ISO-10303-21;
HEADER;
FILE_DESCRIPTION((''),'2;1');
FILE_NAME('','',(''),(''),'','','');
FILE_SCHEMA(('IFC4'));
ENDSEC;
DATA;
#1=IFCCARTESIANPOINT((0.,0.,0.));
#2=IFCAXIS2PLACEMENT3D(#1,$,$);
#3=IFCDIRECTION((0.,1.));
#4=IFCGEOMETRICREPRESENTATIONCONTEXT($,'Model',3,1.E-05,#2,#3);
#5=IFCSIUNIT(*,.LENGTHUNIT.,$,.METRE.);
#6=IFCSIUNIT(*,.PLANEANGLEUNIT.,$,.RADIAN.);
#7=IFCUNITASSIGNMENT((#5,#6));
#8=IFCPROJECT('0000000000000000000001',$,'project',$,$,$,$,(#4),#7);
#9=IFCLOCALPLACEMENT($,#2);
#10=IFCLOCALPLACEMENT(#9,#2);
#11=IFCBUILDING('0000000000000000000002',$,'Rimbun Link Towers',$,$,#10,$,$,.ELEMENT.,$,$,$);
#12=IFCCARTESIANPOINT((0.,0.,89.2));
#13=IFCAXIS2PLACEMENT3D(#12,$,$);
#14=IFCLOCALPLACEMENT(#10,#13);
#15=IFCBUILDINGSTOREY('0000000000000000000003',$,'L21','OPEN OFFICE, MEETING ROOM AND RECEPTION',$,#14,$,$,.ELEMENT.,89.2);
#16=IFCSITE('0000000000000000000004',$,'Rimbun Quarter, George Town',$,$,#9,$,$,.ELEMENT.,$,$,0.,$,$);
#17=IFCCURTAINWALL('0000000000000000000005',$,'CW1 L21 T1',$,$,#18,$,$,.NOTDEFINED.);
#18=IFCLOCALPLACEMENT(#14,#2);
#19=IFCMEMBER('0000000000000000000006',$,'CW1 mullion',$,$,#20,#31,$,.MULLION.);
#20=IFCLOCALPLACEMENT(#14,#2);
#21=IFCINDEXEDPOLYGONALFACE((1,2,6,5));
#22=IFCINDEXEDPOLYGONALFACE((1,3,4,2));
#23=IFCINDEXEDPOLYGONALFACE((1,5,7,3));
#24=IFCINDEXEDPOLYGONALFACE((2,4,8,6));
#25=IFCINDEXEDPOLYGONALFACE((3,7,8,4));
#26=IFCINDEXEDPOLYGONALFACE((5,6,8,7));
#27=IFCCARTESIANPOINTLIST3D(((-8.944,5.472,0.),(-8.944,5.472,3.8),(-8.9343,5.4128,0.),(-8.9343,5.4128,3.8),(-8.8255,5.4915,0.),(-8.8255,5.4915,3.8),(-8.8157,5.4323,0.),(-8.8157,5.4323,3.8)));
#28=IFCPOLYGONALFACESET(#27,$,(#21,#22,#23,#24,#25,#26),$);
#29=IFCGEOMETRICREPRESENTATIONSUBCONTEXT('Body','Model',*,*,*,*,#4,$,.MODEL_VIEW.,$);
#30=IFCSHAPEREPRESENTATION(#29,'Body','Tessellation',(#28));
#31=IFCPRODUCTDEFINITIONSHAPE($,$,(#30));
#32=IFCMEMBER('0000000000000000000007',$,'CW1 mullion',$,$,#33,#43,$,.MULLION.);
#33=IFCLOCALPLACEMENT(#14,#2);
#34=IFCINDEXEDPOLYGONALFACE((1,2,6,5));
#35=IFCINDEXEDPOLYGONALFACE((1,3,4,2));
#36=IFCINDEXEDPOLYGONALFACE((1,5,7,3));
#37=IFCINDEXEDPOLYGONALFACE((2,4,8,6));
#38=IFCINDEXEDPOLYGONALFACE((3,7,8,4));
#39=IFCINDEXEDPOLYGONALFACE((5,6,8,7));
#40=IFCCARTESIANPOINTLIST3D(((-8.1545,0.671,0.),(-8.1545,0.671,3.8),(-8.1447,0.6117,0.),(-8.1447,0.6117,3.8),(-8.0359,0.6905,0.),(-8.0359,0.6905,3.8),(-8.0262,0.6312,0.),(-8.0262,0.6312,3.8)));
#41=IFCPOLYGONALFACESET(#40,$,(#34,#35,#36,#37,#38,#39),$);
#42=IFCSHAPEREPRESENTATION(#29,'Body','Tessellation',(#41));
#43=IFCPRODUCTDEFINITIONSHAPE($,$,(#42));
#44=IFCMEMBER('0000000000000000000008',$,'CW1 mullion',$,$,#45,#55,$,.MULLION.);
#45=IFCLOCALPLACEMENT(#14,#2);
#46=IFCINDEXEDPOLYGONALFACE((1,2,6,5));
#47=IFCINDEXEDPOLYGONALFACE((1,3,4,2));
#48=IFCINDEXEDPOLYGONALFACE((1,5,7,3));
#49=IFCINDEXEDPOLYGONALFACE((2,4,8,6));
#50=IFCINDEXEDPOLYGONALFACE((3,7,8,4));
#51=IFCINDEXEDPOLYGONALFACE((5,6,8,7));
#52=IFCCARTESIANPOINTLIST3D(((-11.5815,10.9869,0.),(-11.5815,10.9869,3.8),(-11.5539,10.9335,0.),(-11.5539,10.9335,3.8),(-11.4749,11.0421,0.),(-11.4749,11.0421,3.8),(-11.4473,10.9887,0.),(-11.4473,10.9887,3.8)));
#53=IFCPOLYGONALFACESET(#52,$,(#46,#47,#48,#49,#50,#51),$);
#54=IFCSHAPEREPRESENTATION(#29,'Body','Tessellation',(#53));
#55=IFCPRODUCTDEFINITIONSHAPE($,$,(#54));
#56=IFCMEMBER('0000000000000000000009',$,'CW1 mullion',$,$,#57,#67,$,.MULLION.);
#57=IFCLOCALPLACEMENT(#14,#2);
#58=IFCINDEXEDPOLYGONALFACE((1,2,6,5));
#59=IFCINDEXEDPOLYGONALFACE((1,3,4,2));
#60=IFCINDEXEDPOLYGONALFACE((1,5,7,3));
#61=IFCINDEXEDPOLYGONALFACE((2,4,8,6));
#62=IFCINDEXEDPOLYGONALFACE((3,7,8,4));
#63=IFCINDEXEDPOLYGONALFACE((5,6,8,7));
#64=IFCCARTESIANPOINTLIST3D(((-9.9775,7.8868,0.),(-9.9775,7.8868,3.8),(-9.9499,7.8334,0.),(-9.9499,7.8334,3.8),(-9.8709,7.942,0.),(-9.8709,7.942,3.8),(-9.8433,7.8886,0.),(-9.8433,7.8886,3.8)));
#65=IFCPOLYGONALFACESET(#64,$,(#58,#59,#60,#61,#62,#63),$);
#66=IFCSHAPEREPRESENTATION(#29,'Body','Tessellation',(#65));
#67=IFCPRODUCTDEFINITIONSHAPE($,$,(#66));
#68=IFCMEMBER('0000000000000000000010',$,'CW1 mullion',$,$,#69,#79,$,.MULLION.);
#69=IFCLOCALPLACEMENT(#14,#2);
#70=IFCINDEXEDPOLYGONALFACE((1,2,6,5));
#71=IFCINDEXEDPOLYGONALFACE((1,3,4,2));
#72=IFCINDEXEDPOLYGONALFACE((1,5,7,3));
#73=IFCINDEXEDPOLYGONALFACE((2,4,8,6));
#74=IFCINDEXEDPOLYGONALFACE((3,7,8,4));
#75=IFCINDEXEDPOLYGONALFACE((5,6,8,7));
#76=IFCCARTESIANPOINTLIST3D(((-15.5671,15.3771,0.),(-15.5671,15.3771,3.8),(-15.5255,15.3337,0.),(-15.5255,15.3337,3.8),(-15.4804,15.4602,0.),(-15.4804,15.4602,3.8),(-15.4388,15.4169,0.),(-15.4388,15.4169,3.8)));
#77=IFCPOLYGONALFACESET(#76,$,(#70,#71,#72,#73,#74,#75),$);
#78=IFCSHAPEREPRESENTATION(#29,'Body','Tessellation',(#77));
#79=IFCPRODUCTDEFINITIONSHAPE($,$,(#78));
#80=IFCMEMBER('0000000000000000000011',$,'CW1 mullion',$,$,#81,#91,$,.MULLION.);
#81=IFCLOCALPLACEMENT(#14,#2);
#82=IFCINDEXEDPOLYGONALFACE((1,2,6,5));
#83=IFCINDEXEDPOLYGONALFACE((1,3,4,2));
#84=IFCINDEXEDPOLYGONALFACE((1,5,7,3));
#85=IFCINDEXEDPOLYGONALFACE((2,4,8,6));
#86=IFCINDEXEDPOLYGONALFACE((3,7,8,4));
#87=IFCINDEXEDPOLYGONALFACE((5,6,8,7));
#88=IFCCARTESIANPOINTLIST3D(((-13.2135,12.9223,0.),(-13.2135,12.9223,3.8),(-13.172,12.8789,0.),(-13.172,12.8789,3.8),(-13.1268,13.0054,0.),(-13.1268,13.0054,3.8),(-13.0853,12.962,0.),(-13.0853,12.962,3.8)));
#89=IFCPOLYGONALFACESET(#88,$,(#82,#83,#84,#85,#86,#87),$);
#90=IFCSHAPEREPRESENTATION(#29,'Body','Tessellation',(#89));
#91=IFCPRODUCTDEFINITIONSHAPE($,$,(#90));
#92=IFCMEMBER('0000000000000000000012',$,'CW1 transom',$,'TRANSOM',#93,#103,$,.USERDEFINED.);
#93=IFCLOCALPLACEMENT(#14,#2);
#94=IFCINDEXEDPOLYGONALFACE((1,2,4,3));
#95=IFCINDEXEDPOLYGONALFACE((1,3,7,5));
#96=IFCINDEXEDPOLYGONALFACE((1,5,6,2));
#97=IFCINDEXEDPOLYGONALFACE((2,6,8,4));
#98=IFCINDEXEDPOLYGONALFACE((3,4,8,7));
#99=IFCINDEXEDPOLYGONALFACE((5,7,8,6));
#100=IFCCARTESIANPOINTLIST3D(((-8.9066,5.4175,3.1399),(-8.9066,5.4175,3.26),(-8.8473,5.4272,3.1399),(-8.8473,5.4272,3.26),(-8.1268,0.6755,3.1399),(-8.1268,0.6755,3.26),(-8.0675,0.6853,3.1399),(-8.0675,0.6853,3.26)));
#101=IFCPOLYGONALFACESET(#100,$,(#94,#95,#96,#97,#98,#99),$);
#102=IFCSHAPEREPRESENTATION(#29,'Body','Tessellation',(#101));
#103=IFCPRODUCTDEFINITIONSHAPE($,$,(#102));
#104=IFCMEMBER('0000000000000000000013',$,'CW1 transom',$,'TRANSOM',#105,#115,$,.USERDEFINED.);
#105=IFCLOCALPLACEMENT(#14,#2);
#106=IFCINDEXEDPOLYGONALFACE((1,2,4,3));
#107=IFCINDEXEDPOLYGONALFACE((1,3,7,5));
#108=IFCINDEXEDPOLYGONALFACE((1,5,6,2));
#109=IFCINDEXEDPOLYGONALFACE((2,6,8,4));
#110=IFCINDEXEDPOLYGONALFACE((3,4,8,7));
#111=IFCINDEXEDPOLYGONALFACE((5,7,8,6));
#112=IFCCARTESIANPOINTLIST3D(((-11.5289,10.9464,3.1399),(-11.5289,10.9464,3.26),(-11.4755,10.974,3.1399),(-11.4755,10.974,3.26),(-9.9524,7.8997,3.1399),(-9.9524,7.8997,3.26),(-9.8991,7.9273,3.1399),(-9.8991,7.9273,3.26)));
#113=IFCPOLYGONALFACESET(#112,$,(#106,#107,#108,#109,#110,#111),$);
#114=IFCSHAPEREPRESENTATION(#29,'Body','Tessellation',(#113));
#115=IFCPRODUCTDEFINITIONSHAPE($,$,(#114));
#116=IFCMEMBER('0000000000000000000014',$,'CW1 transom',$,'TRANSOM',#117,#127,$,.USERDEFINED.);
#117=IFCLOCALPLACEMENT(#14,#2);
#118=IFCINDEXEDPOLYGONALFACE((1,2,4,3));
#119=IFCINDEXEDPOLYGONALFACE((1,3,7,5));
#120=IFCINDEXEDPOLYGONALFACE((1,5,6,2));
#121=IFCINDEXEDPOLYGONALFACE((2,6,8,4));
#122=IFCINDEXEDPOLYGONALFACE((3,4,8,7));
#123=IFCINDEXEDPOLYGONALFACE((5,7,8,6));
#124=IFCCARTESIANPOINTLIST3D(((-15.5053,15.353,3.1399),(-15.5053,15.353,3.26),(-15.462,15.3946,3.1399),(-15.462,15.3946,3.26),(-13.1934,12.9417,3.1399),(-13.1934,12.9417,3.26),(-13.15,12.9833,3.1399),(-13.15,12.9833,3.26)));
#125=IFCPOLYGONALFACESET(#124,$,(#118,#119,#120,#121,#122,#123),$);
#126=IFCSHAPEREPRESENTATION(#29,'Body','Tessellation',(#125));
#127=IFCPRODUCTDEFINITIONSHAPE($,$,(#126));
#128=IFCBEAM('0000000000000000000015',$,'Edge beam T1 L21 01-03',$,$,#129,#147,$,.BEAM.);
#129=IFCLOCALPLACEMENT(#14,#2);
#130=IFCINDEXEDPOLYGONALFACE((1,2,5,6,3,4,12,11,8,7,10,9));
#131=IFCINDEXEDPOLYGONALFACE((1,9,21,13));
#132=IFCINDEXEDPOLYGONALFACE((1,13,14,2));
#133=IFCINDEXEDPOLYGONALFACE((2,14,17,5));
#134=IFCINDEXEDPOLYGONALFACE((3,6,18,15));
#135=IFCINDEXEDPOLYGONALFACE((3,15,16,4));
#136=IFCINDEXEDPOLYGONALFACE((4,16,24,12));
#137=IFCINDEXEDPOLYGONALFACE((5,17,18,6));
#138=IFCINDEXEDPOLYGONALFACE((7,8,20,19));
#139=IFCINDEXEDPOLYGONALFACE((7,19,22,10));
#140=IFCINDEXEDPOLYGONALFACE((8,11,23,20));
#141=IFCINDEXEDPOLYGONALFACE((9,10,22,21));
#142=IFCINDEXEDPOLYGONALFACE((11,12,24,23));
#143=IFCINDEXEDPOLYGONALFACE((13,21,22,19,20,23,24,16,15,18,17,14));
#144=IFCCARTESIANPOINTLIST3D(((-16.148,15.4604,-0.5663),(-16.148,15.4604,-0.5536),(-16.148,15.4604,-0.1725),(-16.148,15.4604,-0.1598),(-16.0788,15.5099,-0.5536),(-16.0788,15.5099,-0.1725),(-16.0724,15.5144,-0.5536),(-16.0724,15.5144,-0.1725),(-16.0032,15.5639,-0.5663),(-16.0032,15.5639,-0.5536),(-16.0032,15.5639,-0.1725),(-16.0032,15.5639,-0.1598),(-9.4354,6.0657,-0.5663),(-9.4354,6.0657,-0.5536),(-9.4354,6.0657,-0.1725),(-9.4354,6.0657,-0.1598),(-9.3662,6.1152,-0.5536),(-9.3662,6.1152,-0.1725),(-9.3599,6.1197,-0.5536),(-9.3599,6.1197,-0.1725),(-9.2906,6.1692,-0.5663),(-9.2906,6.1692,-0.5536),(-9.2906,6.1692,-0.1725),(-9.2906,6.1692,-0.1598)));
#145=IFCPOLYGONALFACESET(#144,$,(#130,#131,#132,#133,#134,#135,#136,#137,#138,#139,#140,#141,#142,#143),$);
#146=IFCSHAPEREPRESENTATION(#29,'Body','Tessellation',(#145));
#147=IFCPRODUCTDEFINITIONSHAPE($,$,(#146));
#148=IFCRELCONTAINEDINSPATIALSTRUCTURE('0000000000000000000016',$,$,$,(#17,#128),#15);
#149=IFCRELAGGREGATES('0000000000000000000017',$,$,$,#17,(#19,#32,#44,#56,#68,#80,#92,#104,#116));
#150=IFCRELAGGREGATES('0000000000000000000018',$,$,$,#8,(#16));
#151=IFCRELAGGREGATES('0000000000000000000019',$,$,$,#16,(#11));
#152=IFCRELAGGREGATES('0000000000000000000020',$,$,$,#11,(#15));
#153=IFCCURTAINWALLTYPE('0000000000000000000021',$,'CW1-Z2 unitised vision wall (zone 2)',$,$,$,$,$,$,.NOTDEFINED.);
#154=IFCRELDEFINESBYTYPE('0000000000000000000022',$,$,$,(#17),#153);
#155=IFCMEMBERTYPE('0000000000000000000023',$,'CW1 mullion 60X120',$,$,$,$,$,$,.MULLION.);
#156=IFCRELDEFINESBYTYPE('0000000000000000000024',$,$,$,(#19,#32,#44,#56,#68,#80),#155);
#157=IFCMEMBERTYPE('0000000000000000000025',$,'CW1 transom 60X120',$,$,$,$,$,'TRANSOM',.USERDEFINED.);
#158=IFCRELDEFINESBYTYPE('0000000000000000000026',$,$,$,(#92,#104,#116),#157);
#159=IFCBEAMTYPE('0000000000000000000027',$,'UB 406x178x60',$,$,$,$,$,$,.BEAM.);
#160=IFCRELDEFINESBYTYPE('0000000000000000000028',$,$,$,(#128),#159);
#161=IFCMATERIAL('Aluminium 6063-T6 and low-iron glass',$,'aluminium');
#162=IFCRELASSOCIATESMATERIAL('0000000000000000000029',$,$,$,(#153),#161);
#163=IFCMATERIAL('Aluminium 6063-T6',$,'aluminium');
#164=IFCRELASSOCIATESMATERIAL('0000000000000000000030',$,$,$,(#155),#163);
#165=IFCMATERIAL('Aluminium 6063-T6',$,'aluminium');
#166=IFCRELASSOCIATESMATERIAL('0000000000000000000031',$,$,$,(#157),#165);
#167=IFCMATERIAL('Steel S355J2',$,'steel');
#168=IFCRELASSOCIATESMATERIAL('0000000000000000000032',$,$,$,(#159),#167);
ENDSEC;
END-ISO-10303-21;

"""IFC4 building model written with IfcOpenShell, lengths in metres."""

from ifc_helpers import new_model, si_unit, direction, frame, origin, origin_2d, place, context, subcontext, project, spatial, rectangle, i_section, extrude, material, material_profile, profile_set, type_object, element, aggregate, save


model = new_model("IFC4")

# Units and contexts
model_context = context("Model", 3, precision=1e-05, world=origin(), true_north=direction((0.0, 1.0)))
body_context = subcontext(model_context, "Body", "Model", "MODEL_VIEW")
ifc_project = project(units=[si_unit("LENGTHUNIT", "METRE"), si_unit("PLANEANGLEUNIT", "RADIAN")], contexts=[model_context])

# Site, building, storey
site_placement = place(None, origin())
site = spatial("IfcSite", under=ifc_project, at=site_placement, Name="Rimbun Quarter, George Town", CompositionType="ELEMENT", RefElevation=0.0)
building_placement = place(site_placement, origin())
building = spatial("IfcBuilding", under=site, at=building_placement, Name="Rimbun Link Towers", CompositionType="ELEMENT")
storey_placement = place(building_placement, frame((0.0, 0.0, 89.2)))
storey = spatial("IfcBuildingStorey", under=building, at=storey_placement, Name="L21", Description="OPEN OFFICE, MEETING ROOM AND RECEPTION", CompositionType="ELEMENT", Elevation=89.2)

# Curtain wall, members
ifc_material_1 = material(Name="Aluminium 6063-T6 and low-iron glass", Category="aluminium")
curtain_wall_type = type_object("IfcCurtainWallType", Name="CW1-Z2 unitised vision wall (zone 2)", PredefinedType="NOTDEFINED", material=ifc_material_1)
curtain_wall_placement = place(storey_placement, origin())
curtain_wall = element("IfcCurtainWall", 1, at=curtain_wall_placement, inside=storey, type_object=curtain_wall_type, Name="CW1 L21 T1", PredefinedType="NOTDEFINED")
ifc_material_2 = material(Name="Aluminium 6063-T6", Category="aluminium")
ifc_material_profile_1 = material_profile(ifc_material_2, rectangle(XDim=0.1201, YDim=0.0601, at=origin_2d()), Name="MULLION 60X120")
ifc_profile_set_1 = profile_set([ifc_material_profile_1], Name="Aluminium 6063-T6")
member_type_1 = type_object("IfcMemberType", Name="CW1 mullion 60X120", PredefinedType="MULLION", material=ifc_profile_set_1)
member_1_placement = place(storey_placement, frame((-8.8799, 5.4521, 0.0), z_axis=(0.0, 0.0, 1.0), x_axis=(0.986749, 0.162255, 0.0)))
member_1 = element("IfcMember", 2, at=member_1_placement, type_object=member_type_1, Name="CW1 mullion", PredefinedType="MULLION", context=body_context, shape_type="SweptSolid", body=[
    extrude(rectangle(XDim=0.1201, YDim=0.0601, at=origin_2d()), origin(), (0.0, 0.0, 1.0), 3.8),
])
member_2_placement = place(storey_placement, frame((-8.0903, 0.6511, 0.0), z_axis=(0.0, 0.0, 1.0), x_axis=(0.986749, 0.162255, 0.0)))
member_2 = element("IfcMember", 3, at=member_2_placement, type_object=member_type_1, Name="CW1 mullion", PredefinedType="MULLION", context=body_context, shape_type="SweptSolid", body=[
    extrude(rectangle(XDim=0.1201, YDim=0.0601, at=origin_2d()), origin(), (0.0, 0.0, 1.0), 3.8),
])
member_3_placement = place(storey_placement, frame((-11.5144, 10.9878, 0.0), z_axis=(0.0, 0.0, 1.0), x_axis=(0.888155, 0.459544, 0.0)))
member_3 = element("IfcMember", 4, at=member_3_placement, type_object=member_type_1, Name="CW1 mullion", PredefinedType="MULLION", context=body_context, shape_type="SweptSolid", body=[
    extrude(rectangle(XDim=0.1201, YDim=0.0601, at=origin_2d()), origin(), (0.0, 0.0, 1.0), 3.8),
])
member_4_placement = place(storey_placement, frame((-9.9104, 7.8877, 0.0), z_axis=(0.0, 0.0, 1.0), x_axis=(0.888155, 0.459544, 0.0)))
member_4 = element("IfcMember", 5, at=member_4_placement, type_object=member_type_1, Name="CW1 mullion", PredefinedType="MULLION", context=body_context, shape_type="SweptSolid", body=[
    extrude(rectangle(XDim=0.1201, YDim=0.0601, at=origin_2d()), origin(), (0.0, 0.0, 1.0), 3.8),
])
member_5_placement = place(storey_placement, frame((-15.5029, 15.397, 0.0), z_axis=(0.0, 0.0, 1.0), x_axis=(0.721839, 0.692061, 0.0)))
member_5 = element("IfcMember", 6, at=member_5_placement, type_object=member_type_1, Name="CW1 mullion", PredefinedType="MULLION", context=body_context, shape_type="SweptSolid", body=[
    extrude(rectangle(XDim=0.1201, YDim=0.0601, at=origin_2d()), origin(), (0.0, 0.0, 1.0), 3.8),
])
member_6_placement = place(storey_placement, frame((-13.1494, 12.9421, 0.0), z_axis=(0.0, 0.0, 1.0), x_axis=(0.721839, 0.692061, 0.0)))
member_6 = element("IfcMember", 7, at=member_6_placement, type_object=member_type_1, Name="CW1 mullion", PredefinedType="MULLION", context=body_context, shape_type="SweptSolid", body=[
    extrude(rectangle(XDim=0.1201, YDim=0.0601, at=origin_2d()), origin(), (0.0, 0.0, 1.0), 3.8),
])
ifc_material_3 = material(Name="Aluminium 6063-T6", Category="aluminium")
ifc_material_profile_2 = material_profile(ifc_material_3, rectangle(XDim=0.0601, YDim=0.1201, at=origin_2d()), Name="TRANSOM 60X120")
ifc_profile_set_2 = profile_set([ifc_material_profile_2], Name="Aluminium 6063-T6")
member_type_2 = type_object("IfcMemberType", Name="CW1 transom 60X120", ElementType="TRANSOM", PredefinedType="USERDEFINED", material=ifc_profile_set_2)
member_7_placement = place(storey_placement, frame((-8.877, 5.4224, 3.2), z_axis=(0.162265, -0.986747, 0.0), x_axis=(0.986747, 0.162265, 0.0)))
member_7 = element("IfcMember", 8, at=member_7_placement, type_object=member_type_2, Name="CW1 transom", ObjectType="TRANSOM", PredefinedType="USERDEFINED", context=body_context, shape_type="SweptSolid", body=[
    extrude(rectangle(XDim=0.0601, YDim=0.1201, at=origin_2d()), origin(), (0.0, 0.0, 1.0), 4.8057),
])
member_8_placement = place(storey_placement, frame((-11.5022, 10.9602, 3.2), z_axis=(0.459555, -0.88815, 0.0), x_axis=(0.88815, 0.459555, 0.0)))
member_8 = element("IfcMember", 9, at=member_8_placement, type_object=member_type_2, Name="CW1 transom", ObjectType="TRANSOM", PredefinedType="USERDEFINED", context=body_context, shape_type="SweptSolid", body=[
    extrude(rectangle(XDim=0.0601, YDim=0.1201, at=origin_2d()), origin(), (0.0, 0.0, 1.0), 3.4304),
])
member_9_placement = place(storey_placement, frame((-15.4836, 15.3738, 3.2), z_axis=(0.692078, -0.721822, 0.0), x_axis=(0.721822, 0.692078, 0.0)))
member_9 = element("IfcMember", 10, at=member_9_placement, type_object=member_type_2, Name="CW1 transom", ObjectType="TRANSOM", PredefinedType="USERDEFINED", context=body_context, shape_type="SweptSolid", body=[
    extrude(rectangle(XDim=0.0601, YDim=0.1201, at=origin_2d()), origin(), (0.0, 0.0, 1.0), 3.3406),
])

# Beam
ifc_material_4 = material(Name="Steel S355J2", Category="steel")
ifc_material_profile_3 = material_profile(ifc_material_4, i_section(OverallWidth=0.178, OverallDepth=0.4065, WebThickness=0.0078, FlangeThickness=0.0127, at=origin_2d()), Name="UB 406x178x60")
ifc_profile_set_3 = profile_set([ifc_material_profile_3], Name="Steel S355J2")
beam_type = type_object("IfcBeamType", Name="UB 406x178x60", PredefinedType="BEAM", material=ifc_profile_set_3)
beam_placement = place(storey_placement, frame((-9.363, 6.1174, -0.363), z_axis=(-0.581358, 0.813648, 0.0), x_axis=(-0.813648, -0.581358, 0.0)))
element("IfcBeam", 11, at=beam_placement, inside=storey, type_object=beam_type, Name="Edge beam T1 L21 01-03", PredefinedType="BEAM", context=body_context, shape_type="SweptSolid", body=[
    extrude(i_section(OverallWidth=0.178, OverallDepth=0.4065, WebThickness=0.0078, FlangeThickness=0.0127, at=origin_2d()), origin(), (0.0, 0.0, 1.0), 11.5464),
])

aggregate(curtain_wall, [member_1, member_2, member_3, member_4, member_5, member_6, member_7, member_8, member_9])

save(model, "model.ifc")
